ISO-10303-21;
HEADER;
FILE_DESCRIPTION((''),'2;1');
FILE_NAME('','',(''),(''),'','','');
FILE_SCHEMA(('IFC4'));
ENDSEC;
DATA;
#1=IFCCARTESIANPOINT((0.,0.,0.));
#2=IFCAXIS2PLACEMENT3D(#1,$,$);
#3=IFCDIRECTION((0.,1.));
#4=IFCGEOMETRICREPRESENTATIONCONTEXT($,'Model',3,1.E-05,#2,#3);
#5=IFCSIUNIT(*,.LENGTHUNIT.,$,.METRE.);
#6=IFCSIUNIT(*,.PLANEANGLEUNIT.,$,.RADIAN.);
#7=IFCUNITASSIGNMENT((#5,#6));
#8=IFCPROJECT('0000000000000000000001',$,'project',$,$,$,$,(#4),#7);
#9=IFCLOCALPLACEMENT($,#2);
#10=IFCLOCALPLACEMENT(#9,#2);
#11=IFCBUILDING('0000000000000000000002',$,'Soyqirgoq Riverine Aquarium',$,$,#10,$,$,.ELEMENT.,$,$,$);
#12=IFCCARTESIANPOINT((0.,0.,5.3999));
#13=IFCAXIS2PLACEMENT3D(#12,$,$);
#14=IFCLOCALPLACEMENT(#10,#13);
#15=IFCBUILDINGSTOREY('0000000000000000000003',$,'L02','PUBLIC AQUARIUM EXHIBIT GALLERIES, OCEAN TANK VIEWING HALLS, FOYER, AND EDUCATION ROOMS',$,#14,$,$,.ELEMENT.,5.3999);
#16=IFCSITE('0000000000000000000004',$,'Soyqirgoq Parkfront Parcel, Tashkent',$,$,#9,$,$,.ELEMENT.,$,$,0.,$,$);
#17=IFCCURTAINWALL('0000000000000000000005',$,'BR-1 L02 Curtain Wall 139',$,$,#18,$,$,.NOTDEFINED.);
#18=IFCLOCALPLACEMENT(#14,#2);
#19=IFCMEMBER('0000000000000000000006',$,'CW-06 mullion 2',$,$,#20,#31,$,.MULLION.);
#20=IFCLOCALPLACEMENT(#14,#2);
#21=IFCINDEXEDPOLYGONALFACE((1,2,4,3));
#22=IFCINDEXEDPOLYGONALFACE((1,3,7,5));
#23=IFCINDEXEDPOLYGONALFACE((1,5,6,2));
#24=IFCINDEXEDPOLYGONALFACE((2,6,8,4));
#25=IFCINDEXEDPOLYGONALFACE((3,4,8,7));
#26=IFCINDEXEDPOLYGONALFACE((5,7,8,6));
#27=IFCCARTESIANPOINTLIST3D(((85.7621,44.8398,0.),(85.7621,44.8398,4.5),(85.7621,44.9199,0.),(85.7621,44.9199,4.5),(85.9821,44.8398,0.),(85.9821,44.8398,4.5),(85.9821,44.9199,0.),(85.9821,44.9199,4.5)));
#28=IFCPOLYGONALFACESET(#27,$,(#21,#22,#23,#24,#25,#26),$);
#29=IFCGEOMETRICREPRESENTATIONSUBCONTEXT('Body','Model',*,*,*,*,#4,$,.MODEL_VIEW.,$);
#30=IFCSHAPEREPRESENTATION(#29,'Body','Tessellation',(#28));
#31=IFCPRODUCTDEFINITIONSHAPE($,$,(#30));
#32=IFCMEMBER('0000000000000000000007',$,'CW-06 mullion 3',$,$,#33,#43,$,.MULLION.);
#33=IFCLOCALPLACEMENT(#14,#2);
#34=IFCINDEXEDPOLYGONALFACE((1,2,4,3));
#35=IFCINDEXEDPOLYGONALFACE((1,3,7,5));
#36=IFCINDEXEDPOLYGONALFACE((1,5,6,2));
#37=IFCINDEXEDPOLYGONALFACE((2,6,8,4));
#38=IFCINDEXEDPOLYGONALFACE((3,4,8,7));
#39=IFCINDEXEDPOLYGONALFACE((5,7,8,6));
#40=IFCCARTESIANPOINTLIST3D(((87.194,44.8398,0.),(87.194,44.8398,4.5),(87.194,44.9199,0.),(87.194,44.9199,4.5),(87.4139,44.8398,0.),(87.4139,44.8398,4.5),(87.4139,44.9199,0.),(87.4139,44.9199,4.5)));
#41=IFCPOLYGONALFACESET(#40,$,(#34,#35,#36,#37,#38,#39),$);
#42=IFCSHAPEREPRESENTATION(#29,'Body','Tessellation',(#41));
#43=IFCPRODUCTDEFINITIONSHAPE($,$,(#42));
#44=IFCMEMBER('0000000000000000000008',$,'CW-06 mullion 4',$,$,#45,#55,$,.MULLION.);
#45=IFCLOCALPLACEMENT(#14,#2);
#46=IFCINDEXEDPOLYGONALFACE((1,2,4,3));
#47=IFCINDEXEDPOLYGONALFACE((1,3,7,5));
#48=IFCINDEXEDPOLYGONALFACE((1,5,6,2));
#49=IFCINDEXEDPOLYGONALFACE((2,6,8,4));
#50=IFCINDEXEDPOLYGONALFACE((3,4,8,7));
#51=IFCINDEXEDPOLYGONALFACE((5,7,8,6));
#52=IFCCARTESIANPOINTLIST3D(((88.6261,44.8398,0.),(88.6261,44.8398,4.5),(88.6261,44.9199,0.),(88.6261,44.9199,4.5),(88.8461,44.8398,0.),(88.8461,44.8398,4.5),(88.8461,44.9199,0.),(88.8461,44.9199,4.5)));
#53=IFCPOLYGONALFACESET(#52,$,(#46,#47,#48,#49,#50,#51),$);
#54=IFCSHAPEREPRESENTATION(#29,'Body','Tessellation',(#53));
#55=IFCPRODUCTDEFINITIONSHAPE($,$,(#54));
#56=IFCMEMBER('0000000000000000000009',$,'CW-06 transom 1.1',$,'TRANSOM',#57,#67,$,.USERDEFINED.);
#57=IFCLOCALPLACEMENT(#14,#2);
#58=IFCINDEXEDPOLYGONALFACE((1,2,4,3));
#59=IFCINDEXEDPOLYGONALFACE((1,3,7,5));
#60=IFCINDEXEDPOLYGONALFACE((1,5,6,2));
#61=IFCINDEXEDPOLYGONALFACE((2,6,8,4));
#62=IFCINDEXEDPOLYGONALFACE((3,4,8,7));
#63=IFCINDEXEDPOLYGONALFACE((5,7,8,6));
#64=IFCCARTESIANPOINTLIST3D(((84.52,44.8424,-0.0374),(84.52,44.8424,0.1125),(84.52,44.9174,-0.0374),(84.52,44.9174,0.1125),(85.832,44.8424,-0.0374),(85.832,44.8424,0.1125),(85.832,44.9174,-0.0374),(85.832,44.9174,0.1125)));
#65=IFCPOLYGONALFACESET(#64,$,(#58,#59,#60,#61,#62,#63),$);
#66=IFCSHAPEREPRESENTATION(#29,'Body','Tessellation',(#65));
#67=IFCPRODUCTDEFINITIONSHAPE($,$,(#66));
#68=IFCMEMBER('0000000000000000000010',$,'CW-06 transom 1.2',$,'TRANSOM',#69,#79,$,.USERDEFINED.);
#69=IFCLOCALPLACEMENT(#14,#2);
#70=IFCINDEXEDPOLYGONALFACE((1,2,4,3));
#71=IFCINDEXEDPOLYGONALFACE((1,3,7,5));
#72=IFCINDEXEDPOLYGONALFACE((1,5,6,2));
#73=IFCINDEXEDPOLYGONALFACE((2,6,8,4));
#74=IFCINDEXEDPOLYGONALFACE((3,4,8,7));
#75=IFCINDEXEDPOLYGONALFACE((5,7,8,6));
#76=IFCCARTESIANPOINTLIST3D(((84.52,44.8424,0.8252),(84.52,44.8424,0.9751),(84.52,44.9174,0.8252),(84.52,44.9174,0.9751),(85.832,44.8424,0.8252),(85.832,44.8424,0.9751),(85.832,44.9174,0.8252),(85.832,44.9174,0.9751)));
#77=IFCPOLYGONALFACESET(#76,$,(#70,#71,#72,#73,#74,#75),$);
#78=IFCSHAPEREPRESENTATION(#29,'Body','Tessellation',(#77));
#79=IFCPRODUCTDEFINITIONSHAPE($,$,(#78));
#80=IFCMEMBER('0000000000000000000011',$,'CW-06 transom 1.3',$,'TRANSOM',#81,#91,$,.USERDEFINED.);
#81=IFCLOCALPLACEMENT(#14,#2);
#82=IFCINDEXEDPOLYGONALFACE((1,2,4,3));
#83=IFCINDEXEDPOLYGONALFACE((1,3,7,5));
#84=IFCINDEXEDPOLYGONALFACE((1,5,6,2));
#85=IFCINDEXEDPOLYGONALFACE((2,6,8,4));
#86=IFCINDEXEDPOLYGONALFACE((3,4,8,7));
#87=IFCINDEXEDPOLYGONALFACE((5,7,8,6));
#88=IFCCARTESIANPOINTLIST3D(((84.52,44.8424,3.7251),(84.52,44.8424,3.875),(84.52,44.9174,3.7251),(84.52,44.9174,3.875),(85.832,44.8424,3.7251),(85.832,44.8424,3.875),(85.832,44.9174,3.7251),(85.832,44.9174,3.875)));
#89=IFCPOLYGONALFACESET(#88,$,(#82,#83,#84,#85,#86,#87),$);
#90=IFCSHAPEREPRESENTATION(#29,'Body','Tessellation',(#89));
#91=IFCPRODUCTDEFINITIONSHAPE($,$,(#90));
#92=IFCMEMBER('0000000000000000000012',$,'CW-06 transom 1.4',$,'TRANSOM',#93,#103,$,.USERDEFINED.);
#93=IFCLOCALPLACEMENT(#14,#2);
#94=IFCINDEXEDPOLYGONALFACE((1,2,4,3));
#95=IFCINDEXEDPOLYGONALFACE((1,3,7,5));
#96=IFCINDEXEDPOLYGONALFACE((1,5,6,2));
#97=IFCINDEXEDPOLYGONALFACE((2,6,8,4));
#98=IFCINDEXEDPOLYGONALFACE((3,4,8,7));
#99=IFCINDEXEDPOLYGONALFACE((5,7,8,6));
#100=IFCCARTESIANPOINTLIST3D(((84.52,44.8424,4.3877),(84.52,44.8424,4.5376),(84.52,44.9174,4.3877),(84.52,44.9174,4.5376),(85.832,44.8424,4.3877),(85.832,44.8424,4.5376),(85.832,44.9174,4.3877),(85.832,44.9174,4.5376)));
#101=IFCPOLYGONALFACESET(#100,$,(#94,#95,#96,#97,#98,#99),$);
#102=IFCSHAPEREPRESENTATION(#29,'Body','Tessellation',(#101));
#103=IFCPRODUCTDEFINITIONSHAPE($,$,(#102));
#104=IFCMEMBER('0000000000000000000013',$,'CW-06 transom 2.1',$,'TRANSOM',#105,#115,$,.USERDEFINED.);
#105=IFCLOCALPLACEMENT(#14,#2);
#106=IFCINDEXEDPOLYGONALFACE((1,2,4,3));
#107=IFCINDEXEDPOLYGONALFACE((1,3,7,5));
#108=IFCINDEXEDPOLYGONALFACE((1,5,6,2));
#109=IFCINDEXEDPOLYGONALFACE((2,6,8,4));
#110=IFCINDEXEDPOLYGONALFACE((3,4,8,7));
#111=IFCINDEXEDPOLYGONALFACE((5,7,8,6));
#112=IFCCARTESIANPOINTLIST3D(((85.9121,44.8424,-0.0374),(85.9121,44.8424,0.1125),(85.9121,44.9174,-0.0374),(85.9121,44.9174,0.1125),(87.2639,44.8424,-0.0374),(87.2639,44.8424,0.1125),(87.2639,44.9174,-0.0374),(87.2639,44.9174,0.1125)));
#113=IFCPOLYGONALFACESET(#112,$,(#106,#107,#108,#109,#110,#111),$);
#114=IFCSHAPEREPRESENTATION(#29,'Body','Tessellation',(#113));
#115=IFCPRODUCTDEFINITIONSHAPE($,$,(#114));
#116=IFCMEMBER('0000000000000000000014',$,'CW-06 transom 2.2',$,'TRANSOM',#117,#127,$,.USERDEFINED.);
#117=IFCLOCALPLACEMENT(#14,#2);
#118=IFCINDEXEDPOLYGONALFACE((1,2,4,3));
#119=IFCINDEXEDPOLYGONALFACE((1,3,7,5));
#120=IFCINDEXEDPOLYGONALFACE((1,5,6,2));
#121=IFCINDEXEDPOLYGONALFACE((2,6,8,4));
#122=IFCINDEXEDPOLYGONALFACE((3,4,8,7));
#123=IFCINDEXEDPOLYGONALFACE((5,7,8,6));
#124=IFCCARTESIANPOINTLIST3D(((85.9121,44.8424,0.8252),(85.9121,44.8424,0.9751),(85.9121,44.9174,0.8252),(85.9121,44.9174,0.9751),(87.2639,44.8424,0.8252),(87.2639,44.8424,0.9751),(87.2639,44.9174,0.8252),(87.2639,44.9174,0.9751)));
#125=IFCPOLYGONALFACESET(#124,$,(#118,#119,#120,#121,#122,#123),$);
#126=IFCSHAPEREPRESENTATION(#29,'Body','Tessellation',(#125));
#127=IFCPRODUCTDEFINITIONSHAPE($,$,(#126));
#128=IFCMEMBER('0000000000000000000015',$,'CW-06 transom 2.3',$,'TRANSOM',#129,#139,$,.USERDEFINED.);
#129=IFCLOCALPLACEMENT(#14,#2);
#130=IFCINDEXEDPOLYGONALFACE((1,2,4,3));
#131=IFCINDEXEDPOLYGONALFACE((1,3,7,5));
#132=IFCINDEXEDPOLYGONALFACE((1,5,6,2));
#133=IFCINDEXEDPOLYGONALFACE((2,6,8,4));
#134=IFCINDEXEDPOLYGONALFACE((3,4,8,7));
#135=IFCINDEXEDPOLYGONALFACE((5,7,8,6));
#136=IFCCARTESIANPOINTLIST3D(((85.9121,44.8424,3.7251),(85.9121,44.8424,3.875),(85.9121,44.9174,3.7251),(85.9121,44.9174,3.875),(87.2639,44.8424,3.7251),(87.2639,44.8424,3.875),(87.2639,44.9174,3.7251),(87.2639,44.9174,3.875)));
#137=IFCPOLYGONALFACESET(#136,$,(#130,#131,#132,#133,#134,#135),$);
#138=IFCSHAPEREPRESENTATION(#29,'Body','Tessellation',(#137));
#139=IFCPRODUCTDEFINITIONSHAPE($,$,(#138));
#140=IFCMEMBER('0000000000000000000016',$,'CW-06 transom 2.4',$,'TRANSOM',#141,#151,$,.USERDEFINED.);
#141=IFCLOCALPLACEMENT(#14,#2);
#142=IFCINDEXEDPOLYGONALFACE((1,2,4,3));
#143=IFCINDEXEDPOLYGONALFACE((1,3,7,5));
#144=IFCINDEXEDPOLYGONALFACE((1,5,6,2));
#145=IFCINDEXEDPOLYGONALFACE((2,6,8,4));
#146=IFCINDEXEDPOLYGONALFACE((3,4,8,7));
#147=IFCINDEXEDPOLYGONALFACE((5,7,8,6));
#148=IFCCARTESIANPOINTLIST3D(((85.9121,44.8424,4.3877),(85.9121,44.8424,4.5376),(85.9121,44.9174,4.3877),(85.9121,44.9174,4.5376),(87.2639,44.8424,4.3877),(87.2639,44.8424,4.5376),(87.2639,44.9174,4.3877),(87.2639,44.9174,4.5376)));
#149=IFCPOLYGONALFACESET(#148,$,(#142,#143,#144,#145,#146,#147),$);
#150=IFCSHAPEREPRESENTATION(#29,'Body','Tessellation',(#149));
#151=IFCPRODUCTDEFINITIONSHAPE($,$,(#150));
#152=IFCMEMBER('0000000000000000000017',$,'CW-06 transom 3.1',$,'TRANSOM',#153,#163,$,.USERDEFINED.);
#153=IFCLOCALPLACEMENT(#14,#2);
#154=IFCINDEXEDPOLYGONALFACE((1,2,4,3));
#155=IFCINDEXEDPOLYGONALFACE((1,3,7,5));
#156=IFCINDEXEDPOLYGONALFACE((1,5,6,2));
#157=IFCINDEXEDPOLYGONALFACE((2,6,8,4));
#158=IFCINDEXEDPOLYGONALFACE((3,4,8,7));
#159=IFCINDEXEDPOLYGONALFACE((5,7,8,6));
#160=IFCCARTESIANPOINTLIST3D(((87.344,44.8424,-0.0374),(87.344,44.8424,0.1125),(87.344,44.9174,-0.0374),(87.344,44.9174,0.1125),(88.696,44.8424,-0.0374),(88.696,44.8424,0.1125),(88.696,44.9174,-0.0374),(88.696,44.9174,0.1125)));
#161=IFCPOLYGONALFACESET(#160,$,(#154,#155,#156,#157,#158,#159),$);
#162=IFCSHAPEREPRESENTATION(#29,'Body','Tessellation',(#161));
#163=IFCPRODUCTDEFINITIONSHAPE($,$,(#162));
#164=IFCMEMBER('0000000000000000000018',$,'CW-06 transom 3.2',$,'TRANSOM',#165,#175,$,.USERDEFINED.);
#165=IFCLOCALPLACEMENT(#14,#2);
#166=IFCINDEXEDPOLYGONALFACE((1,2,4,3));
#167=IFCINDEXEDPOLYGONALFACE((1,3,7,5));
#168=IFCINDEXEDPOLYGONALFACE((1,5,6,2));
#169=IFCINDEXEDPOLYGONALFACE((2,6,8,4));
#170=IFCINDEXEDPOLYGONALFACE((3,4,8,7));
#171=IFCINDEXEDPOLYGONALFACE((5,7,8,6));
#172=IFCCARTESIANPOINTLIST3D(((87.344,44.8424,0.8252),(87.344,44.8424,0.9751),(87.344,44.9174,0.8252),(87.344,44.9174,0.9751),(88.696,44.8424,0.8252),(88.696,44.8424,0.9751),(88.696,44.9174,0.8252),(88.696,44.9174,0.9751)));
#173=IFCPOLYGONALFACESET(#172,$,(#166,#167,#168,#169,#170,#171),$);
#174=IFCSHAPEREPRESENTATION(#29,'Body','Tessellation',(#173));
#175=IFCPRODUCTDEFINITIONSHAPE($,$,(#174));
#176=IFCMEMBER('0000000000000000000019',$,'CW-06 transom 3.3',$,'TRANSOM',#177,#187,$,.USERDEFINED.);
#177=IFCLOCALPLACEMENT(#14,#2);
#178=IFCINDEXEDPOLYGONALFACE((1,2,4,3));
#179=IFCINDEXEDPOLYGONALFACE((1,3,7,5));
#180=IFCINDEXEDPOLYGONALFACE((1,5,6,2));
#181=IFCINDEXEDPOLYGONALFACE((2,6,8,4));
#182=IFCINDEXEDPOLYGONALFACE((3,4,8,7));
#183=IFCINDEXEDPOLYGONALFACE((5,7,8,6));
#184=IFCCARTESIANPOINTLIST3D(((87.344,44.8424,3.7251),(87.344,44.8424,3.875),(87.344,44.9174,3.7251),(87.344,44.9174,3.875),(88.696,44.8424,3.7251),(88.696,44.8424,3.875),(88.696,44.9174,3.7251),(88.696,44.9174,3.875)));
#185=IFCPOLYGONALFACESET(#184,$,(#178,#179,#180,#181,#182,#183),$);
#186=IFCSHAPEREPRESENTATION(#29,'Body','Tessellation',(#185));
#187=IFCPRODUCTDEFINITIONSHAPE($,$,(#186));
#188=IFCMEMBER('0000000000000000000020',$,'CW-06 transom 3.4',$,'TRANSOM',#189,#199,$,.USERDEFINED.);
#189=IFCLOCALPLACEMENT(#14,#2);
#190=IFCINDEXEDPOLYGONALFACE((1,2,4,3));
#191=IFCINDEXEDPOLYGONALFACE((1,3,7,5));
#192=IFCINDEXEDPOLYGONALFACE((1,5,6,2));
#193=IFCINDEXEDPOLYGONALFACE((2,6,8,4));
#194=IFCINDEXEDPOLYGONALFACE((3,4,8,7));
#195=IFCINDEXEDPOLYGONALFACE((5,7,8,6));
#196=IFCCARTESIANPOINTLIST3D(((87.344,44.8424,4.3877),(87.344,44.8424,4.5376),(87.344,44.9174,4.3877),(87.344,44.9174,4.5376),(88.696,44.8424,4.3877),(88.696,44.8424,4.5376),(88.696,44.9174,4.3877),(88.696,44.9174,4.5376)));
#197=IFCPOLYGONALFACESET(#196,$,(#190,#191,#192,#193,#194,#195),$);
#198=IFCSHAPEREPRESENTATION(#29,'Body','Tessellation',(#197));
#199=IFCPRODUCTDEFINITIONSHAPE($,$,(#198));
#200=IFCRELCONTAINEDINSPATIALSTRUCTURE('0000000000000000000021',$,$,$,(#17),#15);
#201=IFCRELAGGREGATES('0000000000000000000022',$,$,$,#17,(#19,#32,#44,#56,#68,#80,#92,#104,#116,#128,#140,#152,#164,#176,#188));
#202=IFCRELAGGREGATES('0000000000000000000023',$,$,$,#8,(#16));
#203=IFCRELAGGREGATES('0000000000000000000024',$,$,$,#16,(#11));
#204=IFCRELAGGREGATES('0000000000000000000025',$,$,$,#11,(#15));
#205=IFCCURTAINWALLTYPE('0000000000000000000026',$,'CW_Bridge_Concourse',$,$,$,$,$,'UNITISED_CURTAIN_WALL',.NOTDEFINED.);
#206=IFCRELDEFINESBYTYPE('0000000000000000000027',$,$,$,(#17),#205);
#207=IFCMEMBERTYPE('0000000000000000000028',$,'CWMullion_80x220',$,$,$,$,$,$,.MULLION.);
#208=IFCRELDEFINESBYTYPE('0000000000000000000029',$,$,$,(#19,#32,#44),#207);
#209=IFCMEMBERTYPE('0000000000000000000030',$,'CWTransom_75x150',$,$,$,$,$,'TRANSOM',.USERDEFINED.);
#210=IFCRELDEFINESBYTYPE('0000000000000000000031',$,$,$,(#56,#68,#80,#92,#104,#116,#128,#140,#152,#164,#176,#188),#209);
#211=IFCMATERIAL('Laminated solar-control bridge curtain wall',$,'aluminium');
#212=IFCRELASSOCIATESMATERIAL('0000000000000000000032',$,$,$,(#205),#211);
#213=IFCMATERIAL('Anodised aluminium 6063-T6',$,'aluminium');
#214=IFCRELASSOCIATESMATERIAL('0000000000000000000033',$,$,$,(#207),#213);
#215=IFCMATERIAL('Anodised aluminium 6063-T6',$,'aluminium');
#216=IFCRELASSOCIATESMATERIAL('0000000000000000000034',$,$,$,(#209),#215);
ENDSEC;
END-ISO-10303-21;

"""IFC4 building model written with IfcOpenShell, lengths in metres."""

from ifc_helpers import new_model, si_unit, direction, frame, origin, origin_2d, place, context, subcontext, project, spatial, rectangle, extrude, material, material_profile, profile_set, type_object, element, aggregate, save


model = new_model("IFC4")

# Units and contexts
model_context = context("Model", 3, precision=1e-05, world=origin(), true_north=direction((0.0, 1.0)))
body_context = subcontext(model_context, "Body", "Model", "MODEL_VIEW")
ifc_project = project(units=[si_unit("LENGTHUNIT", "METRE"), si_unit("PLANEANGLEUNIT", "RADIAN")], contexts=[model_context])

# Site, building, storey
site_placement = place(None, origin())
site = spatial("IfcSite", under=ifc_project, at=site_placement, Name="Soyqirgoq Parkfront Parcel, Tashkent", CompositionType="ELEMENT", RefElevation=0.0)
building_placement = place(site_placement, origin())
building = spatial("IfcBuilding", under=site, at=building_placement, Name="Soyqirgoq Riverine Aquarium", CompositionType="ELEMENT")
storey_placement = place(building_placement, frame((0.0, 0.0, 5.3999)))
storey = spatial("IfcBuildingStorey", under=building, at=storey_placement, Name="L02", Description="PUBLIC AQUARIUM EXHIBIT GALLERIES, OCEAN TANK VIEWING HALLS, FOYER, AND EDUCATION ROOMS", CompositionType="ELEMENT", Elevation=5.3999)

# Curtain wall, members
ifc_material_1 = material(Name="Laminated solar-control bridge curtain wall", Category="aluminium")
curtain_wall_type = type_object("IfcCurtainWallType", Name="CW_Bridge_Concourse", ElementType="UNITISED_CURTAIN_WALL", PredefinedType="NOTDEFINED", material=ifc_material_1)
curtain_wall_placement = place(storey_placement, origin())
curtain_wall = element("IfcCurtainWall", 1, at=curtain_wall_placement, inside=storey, type_object=curtain_wall_type, Name="BR-1 L02 Curtain Wall 139", PredefinedType="NOTDEFINED")
ifc_material_2 = material(Name="Anodised aluminium 6063-T6", Category="aluminium")
ifc_material_profile_1 = material_profile(ifc_material_2, rectangle(XDim=0.0801, YDim=0.22, at=origin_2d()), Name="ALU-M 80x220")
ifc_profile_set_1 = profile_set([ifc_material_profile_1], Name="Anodised aluminium 6063-T6")
member_type_1 = type_object("IfcMemberType", Name="CWMullion_80x220", PredefinedType="MULLION", material=ifc_profile_set_1)
member_1_placement = place(storey_placement, frame((85.8721, 44.8799, 0.0), z_axis=(0.0, 0.0, 1.0), x_axis=(0.0, 1.0, 0.0)))
member_1 = element("IfcMember", 2, at=member_1_placement, type_object=member_type_1, Name="CW-06 mullion 2", PredefinedType="MULLION", context=body_context, shape_type="SweptSolid", body=[
    extrude(rectangle(XDim=0.0801, YDim=0.22, at=origin_2d()), origin(), (0.0, 0.0, 1.0), 4.5),
])
member_2_placement = place(storey_placement, frame((87.304, 44.8799, 0.0), z_axis=(0.0, 0.0, 1.0), x_axis=(0.0, 1.0, 0.0)))
member_2 = element("IfcMember", 3, at=member_2_placement, type_object=member_type_1, Name="CW-06 mullion 3", PredefinedType="MULLION", context=body_context, shape_type="SweptSolid", body=[
    extrude(rectangle(XDim=0.0801, YDim=0.22, at=origin_2d()), origin(), (0.0, 0.0, 1.0), 4.5),
])
member_3_placement = place(storey_placement, frame((88.7361, 44.8799, 0.0), z_axis=(0.0, 0.0, 1.0), x_axis=(0.0, 1.0, 0.0)))
member_3 = element("IfcMember", 4, at=member_3_placement, type_object=member_type_1, Name="CW-06 mullion 4", PredefinedType="MULLION", context=body_context, shape_type="SweptSolid", body=[
    extrude(rectangle(XDim=0.0801, YDim=0.22, at=origin_2d()), origin(), (0.0, 0.0, 1.0), 4.5),
])
ifc_material_3 = material(Name="Anodised aluminium 6063-T6", Category="aluminium")
ifc_material_profile_2 = material_profile(ifc_material_3, rectangle(XDim=0.075, YDim=0.1499, at=origin_2d()), Name="ALU-T 75x150")
ifc_profile_set_2 = profile_set([ifc_material_profile_2], Name="Anodised aluminium 6063-T6")
member_type_2 = type_object("IfcMemberType", Name="CWTransom_75x150", ElementType="TRANSOM", PredefinedType="USERDEFINED", material=ifc_profile_set_2)
member_4_placement = place(storey_placement, frame((84.52, 44.8799, 0.0376), z_axis=(1.0, 0.0, 0.0), x_axis=(0.0, 1.0, 0.0)))
member_4 = element("IfcMember", 5, at=member_4_placement, type_object=member_type_2, Name="CW-06 transom 1.1", ObjectType="TRANSOM", PredefinedType="USERDEFINED", context=body_context, shape_type="SweptSolid", body=[
    extrude(rectangle(XDim=0.075, YDim=0.1499, at=origin_2d()), origin(), (0.0, 0.0, 1.0), 1.312),
])
member_5_placement = place(storey_placement, frame((84.52, 44.8799, 0.9001), z_axis=(1.0, 0.0, 0.0), x_axis=(0.0, 1.0, 0.0)))
member_5 = element("IfcMember", 6, at=member_5_placement, type_object=member_type_2, Name="CW-06 transom 1.2", ObjectType="TRANSOM", PredefinedType="USERDEFINED", context=body_context, shape_type="SweptSolid", body=[
    extrude(rectangle(XDim=0.075, YDim=0.1499, at=origin_2d()), origin(), (0.0, 0.0, 1.0), 1.312),
])
member_6_placement = place(storey_placement, frame((84.52, 44.8799, 3.8), z_axis=(1.0, 0.0, 0.0), x_axis=(0.0, 1.0, 0.0)))
member_6 = element("IfcMember", 7, at=member_6_placement, type_object=member_type_2, Name="CW-06 transom 1.3", ObjectType="TRANSOM", PredefinedType="USERDEFINED", context=body_context, shape_type="SweptSolid", body=[
    extrude(rectangle(XDim=0.075, YDim=0.1499, at=origin_2d()), origin(), (0.0, 0.0, 1.0), 1.312),
])
member_7_placement = place(storey_placement, frame((84.52, 44.8799, 4.4626), z_axis=(1.0, 0.0, 0.0), x_axis=(0.0, 1.0, 0.0)))
member_7 = element("IfcMember", 8, at=member_7_placement, type_object=member_type_2, Name="CW-06 transom 1.4", ObjectType="TRANSOM", PredefinedType="USERDEFINED", context=body_context, shape_type="SweptSolid", body=[
    extrude(rectangle(XDim=0.075, YDim=0.1499, at=origin_2d()), origin(), (0.0, 0.0, 1.0), 1.312),
])
member_8_placement = place(storey_placement, frame((85.9121, 44.8799, 0.0376), z_axis=(1.0, 0.0, 0.0), x_axis=(0.0, 1.0, 0.0)))
member_8 = element("IfcMember", 9, at=member_8_placement, type_object=member_type_2, Name="CW-06 transom 2.1", ObjectType="TRANSOM", PredefinedType="USERDEFINED", context=body_context, shape_type="SweptSolid", body=[
    extrude(rectangle(XDim=0.075, YDim=0.1499, at=origin_2d()), origin(), (0.0, 0.0, 1.0), 1.3518),
])
member_9_placement = place(storey_placement, frame((85.9121, 44.8799, 0.9001), z_axis=(1.0, 0.0, 0.0), x_axis=(0.0, 1.0, 0.0)))
member_9 = element("IfcMember", 10, at=member_9_placement, type_object=member_type_2, Name="CW-06 transom 2.2", ObjectType="TRANSOM", PredefinedType="USERDEFINED", context=body_context, shape_type="SweptSolid", body=[
    extrude(rectangle(XDim=0.075, YDim=0.1499, at=origin_2d()), origin(), (0.0, 0.0, 1.0), 1.3518),
])
member_10_placement = place(storey_placement, frame((85.9121, 44.8799, 3.8), z_axis=(1.0, 0.0, 0.0), x_axis=(0.0, 1.0, 0.0)))
member_10 = element("IfcMember", 11, at=member_10_placement, type_object=member_type_2, Name="CW-06 transom 2.3", ObjectType="TRANSOM", PredefinedType="USERDEFINED", context=body_context, shape_type="SweptSolid", body=[
    extrude(rectangle(XDim=0.075, YDim=0.1499, at=origin_2d()), origin(), (0.0, 0.0, 1.0), 1.3518),
])
member_11_placement = place(storey_placement, frame((85.9121, 44.8799, 4.4626), z_axis=(1.0, 0.0, 0.0), x_axis=(0.0, 1.0, 0.0)))
member_11 = element("IfcMember", 12, at=member_11_placement, type_object=member_type_2, Name="CW-06 transom 2.4", ObjectType="TRANSOM", PredefinedType="USERDEFINED", context=body_context, shape_type="SweptSolid", body=[
    extrude(rectangle(XDim=0.075, YDim=0.1499, at=origin_2d()), origin(), (0.0, 0.0, 1.0), 1.3518),
])
member_12_placement = place(storey_placement, frame((87.344, 44.8799, 0.0376), z_axis=(1.0, 0.0, 0.0), x_axis=(0.0, 1.0, 0.0)))
member_12 = element("IfcMember", 13, at=member_12_placement, type_object=member_type_2, Name="CW-06 transom 3.1", ObjectType="TRANSOM", PredefinedType="USERDEFINED", context=body_context, shape_type="SweptSolid", body=[
    extrude(rectangle(XDim=0.075, YDim=0.1499, at=origin_2d()), origin(), (0.0, 0.0, 1.0), 1.3521),
])
member_13_placement = place(storey_placement, frame((87.344, 44.8799, 0.9001), z_axis=(1.0, 0.0, 0.0), x_axis=(0.0, 1.0, 0.0)))
member_13 = element("IfcMember", 14, at=member_13_placement, type_object=member_type_2, Name="CW-06 transom 3.2", ObjectType="TRANSOM", PredefinedType="USERDEFINED", context=body_context, shape_type="SweptSolid", body=[
    extrude(rectangle(XDim=0.075, YDim=0.1499, at=origin_2d()), origin(), (0.0, 0.0, 1.0), 1.3521),
])
member_14_placement = place(storey_placement, frame((87.344, 44.8799, 3.8), z_axis=(1.0, 0.0, 0.0), x_axis=(0.0, 1.0, 0.0)))
member_14 = element("IfcMember", 15, at=member_14_placement, type_object=member_type_2, Name="CW-06 transom 3.3", ObjectType="TRANSOM", PredefinedType="USERDEFINED", context=body_context, shape_type="SweptSolid", body=[
    extrude(rectangle(XDim=0.075, YDim=0.1499, at=origin_2d()), origin(), (0.0, 0.0, 1.0), 1.3521),
])
member_15_placement = place(storey_placement, frame((87.344, 44.8799, 4.4626), z_axis=(1.0, 0.0, 0.0), x_axis=(0.0, 1.0, 0.0)))
member_15 = element("IfcMember", 16, at=member_15_placement, type_object=member_type_2, Name="CW-06 transom 3.4", ObjectType="TRANSOM", PredefinedType="USERDEFINED", context=body_context, shape_type="SweptSolid", body=[
    extrude(rectangle(XDim=0.075, YDim=0.1499, at=origin_2d()), origin(), (0.0, 0.0, 1.0), 1.3521),
])
aggregate(curtain_wall, [member_1, member_2, member_3, member_4, member_5, member_6, member_7, member_8, member_9, member_10, member_11, member_12, member_13, member_14, member_15])

save(model, "model.ifc")
